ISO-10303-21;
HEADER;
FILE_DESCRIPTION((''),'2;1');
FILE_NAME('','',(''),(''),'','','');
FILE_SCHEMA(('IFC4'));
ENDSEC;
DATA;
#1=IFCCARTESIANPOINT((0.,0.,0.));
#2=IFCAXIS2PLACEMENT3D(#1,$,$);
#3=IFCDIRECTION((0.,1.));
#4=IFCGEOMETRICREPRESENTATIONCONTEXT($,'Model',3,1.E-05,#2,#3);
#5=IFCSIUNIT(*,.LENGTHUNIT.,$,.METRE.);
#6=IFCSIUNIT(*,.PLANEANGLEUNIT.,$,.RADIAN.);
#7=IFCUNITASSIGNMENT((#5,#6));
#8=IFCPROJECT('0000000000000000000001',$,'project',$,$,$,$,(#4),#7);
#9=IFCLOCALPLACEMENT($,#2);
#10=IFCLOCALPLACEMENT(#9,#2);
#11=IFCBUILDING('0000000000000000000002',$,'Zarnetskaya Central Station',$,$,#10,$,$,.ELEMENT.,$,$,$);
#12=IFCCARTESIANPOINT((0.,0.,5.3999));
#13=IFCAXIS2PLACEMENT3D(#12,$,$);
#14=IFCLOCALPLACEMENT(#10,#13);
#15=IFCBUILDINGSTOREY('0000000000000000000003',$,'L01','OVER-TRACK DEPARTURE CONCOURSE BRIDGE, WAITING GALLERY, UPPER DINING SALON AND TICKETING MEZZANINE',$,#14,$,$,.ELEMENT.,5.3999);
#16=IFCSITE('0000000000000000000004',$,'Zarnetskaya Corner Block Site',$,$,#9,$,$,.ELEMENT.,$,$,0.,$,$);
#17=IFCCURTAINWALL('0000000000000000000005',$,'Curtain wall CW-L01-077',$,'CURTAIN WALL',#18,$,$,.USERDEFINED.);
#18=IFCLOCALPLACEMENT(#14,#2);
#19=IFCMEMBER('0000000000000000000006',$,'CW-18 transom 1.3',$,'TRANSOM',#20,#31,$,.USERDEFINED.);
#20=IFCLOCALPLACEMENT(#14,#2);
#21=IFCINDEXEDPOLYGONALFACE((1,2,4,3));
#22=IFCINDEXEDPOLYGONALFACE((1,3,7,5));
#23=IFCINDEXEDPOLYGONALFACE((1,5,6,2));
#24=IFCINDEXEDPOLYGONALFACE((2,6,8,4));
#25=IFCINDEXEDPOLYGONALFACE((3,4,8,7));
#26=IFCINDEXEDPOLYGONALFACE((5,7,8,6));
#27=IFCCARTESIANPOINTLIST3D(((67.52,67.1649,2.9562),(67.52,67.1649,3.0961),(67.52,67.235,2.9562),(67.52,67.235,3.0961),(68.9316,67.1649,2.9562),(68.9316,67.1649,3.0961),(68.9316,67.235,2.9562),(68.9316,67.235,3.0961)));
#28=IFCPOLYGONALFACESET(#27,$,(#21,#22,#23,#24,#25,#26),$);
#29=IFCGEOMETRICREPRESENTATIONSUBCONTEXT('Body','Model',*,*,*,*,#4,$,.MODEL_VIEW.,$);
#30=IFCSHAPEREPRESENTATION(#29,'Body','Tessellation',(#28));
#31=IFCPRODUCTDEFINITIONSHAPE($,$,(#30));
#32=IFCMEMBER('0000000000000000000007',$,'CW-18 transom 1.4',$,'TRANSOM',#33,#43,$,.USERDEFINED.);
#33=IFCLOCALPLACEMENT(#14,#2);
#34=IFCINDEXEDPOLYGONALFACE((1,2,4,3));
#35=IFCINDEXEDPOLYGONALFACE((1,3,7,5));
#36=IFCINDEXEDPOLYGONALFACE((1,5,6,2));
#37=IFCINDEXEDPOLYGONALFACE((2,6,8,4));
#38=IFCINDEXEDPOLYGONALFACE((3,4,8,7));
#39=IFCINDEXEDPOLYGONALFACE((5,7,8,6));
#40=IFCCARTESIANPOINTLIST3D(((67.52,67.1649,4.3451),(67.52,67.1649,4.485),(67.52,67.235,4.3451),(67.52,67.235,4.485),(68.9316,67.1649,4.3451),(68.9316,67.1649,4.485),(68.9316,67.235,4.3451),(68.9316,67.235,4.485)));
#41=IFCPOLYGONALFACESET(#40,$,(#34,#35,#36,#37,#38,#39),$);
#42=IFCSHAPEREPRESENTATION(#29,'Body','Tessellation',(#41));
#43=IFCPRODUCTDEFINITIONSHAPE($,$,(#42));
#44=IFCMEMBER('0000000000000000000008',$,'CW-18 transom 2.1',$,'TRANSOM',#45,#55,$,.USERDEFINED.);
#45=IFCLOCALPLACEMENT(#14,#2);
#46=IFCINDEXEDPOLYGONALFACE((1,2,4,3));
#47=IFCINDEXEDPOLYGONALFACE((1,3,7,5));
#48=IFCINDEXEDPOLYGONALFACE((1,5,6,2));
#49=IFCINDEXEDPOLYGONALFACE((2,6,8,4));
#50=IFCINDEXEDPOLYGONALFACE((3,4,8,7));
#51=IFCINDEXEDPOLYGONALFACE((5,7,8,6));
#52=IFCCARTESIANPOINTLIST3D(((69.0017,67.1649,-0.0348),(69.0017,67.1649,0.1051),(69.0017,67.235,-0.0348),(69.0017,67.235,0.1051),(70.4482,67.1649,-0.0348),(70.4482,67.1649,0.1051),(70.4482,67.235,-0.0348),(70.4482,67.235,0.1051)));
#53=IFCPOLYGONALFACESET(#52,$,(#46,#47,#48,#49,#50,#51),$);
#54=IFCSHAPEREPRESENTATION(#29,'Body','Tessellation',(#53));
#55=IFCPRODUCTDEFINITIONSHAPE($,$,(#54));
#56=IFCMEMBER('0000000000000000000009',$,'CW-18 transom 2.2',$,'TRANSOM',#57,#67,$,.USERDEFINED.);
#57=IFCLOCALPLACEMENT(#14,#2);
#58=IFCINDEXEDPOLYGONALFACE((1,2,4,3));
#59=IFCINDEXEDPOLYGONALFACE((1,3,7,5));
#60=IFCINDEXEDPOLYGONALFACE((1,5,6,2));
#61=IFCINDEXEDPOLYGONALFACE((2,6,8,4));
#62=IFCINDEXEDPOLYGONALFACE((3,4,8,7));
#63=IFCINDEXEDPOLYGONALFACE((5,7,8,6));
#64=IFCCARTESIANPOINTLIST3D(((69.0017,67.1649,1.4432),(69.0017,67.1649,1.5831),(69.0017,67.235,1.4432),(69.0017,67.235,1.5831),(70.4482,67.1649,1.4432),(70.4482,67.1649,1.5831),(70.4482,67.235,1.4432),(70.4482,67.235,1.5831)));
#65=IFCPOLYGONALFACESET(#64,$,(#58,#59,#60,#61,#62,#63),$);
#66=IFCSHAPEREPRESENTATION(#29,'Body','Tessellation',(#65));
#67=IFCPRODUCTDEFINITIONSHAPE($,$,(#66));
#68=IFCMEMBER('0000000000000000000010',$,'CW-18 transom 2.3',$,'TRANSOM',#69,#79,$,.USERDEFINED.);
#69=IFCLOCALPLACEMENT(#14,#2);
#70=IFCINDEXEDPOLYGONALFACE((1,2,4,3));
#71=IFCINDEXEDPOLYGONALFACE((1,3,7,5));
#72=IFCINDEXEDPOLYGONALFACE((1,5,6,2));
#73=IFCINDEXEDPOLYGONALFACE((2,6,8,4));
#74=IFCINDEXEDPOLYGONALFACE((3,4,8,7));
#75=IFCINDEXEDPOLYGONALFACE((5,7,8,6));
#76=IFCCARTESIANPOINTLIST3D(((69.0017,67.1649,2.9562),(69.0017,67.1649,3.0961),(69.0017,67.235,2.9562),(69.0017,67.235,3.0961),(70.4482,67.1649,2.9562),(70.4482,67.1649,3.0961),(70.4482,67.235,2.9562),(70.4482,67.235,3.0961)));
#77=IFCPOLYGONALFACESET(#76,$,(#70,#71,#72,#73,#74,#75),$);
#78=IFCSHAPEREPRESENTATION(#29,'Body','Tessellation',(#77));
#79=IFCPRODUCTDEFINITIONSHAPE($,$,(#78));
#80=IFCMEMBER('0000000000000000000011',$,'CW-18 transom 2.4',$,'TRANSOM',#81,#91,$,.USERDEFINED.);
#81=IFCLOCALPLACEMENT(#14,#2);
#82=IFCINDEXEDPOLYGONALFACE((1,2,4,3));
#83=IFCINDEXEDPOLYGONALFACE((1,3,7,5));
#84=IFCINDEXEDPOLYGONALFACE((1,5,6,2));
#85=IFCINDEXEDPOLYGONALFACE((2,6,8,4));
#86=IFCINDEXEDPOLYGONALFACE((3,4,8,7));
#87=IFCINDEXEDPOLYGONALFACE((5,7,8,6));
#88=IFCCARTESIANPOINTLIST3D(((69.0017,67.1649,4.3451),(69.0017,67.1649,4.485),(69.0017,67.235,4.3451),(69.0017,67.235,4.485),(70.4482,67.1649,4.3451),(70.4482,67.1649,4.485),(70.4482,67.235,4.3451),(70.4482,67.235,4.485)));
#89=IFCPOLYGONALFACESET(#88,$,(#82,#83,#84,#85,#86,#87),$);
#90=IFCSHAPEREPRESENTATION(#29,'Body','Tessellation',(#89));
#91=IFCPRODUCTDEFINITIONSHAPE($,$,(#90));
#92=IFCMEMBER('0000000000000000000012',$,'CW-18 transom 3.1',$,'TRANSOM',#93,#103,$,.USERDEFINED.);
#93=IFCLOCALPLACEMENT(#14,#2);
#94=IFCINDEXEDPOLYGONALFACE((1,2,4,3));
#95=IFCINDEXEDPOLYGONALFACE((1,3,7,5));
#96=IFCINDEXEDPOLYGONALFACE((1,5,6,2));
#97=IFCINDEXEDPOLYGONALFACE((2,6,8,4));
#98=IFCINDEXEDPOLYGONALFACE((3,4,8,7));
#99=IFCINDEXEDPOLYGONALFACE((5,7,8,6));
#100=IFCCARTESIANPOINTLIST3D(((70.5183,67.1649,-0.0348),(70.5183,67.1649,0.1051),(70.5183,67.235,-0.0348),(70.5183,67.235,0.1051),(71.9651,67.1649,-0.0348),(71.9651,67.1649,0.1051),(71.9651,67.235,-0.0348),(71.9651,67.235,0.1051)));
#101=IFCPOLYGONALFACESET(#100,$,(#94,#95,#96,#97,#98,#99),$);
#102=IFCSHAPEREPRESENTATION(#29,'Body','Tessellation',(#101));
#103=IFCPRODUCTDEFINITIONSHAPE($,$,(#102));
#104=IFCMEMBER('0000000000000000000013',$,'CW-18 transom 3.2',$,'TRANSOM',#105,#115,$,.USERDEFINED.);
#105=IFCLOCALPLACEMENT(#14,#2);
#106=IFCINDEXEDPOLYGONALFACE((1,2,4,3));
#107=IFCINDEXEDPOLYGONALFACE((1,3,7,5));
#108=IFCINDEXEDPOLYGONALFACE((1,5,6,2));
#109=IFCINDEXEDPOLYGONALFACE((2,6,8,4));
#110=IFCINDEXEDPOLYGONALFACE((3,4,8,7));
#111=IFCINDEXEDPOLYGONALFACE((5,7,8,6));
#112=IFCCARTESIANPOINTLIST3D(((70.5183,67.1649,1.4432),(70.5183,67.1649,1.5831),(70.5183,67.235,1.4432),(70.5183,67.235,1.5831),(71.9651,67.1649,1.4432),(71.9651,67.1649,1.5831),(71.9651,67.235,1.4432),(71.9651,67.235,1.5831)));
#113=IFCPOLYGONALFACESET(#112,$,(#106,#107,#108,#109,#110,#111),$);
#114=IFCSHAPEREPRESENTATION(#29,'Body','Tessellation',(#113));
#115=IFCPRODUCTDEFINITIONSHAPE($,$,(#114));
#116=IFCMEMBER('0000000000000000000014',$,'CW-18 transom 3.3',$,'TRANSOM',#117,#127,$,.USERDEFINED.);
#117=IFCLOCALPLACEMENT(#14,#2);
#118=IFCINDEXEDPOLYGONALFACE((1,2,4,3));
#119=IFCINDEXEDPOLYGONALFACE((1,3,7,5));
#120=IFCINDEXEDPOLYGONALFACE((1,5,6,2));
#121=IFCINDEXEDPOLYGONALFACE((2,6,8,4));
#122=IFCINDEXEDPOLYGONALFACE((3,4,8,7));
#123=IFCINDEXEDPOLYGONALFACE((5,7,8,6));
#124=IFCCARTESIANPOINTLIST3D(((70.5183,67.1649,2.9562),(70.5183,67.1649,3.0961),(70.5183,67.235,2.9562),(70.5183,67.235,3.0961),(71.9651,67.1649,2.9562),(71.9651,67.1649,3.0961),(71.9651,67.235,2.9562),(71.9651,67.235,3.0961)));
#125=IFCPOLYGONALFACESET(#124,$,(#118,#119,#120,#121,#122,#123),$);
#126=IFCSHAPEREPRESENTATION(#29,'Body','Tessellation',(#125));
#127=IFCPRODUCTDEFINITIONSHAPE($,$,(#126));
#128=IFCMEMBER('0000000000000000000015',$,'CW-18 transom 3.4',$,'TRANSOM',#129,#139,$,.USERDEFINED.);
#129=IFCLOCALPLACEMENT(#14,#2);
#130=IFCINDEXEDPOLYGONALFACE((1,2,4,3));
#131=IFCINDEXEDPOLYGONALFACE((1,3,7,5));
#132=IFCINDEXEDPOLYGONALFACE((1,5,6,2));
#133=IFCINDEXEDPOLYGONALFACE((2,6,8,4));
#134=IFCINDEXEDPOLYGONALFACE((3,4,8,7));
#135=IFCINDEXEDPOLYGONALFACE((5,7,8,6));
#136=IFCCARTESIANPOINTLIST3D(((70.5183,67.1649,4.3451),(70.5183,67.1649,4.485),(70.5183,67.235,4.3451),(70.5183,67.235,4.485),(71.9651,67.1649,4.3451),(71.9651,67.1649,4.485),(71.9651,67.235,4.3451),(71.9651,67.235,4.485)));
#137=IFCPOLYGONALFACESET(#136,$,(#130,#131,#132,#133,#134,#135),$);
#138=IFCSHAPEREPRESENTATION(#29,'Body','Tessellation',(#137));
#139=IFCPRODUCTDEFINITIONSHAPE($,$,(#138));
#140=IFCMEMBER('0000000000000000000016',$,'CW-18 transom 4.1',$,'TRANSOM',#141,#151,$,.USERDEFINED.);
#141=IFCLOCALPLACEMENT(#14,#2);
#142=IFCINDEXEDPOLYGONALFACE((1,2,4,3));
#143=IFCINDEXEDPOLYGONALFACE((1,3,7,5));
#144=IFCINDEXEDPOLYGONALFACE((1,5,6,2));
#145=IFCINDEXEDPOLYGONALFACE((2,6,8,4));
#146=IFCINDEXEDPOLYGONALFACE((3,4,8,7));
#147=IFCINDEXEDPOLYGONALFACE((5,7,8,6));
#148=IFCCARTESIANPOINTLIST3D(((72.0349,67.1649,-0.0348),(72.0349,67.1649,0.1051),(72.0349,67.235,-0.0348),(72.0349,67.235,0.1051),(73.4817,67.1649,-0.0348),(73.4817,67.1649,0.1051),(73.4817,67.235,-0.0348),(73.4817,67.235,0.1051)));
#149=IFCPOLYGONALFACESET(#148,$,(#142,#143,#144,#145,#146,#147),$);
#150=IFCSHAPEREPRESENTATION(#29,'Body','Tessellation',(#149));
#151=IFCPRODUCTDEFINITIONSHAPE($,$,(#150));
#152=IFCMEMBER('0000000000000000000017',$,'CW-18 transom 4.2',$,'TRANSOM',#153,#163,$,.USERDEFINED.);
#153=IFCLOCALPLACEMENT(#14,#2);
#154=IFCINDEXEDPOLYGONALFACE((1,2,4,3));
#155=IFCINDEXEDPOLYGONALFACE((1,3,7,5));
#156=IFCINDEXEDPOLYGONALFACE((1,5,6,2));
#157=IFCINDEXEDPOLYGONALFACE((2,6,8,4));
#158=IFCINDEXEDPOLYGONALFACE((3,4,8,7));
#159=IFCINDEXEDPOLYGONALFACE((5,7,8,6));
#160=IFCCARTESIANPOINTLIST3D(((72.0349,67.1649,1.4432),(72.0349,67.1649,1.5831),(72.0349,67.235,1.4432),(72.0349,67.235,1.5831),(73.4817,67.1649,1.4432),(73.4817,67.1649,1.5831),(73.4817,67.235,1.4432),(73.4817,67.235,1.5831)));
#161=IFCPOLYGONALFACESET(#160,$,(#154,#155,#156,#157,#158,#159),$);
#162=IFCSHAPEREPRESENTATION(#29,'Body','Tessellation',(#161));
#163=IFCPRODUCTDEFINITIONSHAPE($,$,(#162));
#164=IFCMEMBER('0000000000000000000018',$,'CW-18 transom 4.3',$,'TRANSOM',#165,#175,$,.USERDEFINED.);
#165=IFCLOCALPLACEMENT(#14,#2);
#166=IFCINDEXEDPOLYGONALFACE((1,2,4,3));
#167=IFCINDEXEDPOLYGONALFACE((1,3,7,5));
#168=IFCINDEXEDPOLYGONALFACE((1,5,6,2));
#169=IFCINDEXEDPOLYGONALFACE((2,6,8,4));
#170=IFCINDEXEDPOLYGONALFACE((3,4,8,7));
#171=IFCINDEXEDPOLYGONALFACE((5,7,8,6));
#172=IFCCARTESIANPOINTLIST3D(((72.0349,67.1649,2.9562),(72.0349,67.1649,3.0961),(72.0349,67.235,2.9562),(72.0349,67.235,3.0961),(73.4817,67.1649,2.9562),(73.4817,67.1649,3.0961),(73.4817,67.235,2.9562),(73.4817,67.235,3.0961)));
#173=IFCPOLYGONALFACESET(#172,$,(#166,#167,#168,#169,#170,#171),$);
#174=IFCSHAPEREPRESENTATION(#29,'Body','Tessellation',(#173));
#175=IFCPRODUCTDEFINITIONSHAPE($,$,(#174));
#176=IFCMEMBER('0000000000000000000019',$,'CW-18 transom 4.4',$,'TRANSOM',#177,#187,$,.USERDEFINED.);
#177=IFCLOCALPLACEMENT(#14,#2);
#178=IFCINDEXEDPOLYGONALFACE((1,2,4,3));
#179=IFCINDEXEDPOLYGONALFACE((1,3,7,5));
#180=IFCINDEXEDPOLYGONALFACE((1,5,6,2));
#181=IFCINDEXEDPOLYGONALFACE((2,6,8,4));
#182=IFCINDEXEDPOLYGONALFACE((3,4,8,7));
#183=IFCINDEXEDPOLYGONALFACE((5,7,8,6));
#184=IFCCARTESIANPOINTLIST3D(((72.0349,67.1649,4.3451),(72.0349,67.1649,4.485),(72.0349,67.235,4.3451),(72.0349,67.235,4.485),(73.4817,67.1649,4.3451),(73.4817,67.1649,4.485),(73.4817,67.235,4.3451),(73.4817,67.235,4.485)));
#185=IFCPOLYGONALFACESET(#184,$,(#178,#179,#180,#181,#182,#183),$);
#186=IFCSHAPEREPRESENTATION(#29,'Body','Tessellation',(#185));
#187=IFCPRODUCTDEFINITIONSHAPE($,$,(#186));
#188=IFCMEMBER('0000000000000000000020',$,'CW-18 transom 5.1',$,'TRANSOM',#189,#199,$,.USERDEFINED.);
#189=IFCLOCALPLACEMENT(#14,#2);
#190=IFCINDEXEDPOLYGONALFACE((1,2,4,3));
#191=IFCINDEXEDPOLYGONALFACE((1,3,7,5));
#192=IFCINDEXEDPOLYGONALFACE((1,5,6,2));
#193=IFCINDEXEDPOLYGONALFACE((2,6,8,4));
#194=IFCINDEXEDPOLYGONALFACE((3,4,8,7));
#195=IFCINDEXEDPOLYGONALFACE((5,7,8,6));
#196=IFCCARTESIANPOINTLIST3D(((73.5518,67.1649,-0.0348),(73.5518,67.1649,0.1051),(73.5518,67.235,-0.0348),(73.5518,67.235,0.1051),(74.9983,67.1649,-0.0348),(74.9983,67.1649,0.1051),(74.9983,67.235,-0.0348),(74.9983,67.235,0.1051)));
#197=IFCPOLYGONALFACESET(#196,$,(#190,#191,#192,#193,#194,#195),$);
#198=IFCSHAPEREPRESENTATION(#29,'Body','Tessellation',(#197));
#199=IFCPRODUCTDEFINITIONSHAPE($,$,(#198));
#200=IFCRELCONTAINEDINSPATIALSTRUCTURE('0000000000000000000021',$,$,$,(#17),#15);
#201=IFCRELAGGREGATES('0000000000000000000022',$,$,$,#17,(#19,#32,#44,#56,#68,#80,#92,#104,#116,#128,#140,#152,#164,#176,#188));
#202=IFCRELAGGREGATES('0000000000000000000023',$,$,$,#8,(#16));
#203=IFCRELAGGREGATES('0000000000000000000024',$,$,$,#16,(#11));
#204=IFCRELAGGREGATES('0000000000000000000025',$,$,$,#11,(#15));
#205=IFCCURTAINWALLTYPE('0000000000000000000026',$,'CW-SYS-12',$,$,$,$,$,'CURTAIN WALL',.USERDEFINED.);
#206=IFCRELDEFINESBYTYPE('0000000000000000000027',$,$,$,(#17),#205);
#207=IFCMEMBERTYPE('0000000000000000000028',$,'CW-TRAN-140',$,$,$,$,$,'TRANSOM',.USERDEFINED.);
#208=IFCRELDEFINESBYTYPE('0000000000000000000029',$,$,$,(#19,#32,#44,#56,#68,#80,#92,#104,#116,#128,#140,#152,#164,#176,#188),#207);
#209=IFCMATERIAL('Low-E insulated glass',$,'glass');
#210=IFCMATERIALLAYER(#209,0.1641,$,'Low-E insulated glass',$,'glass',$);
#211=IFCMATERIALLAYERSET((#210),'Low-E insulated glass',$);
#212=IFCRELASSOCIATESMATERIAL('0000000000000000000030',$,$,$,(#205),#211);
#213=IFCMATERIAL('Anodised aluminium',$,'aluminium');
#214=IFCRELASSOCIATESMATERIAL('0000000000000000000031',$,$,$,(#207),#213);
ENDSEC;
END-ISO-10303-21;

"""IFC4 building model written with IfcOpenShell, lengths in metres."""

from ifc_helpers import new_model, si_unit, direction, frame, origin, origin_2d, place, context, subcontext, project, spatial, rectangle, extrude, material, layer, layer_set, material_profile, profile_set, type_object, element, aggregate, save


model = new_model("IFC4")

# Units and contexts
model_context = context("Model", 3, precision=1e-05, world=origin(), true_north=direction((0.0, 1.0)))
body_context = subcontext(model_context, "Body", "Model", "MODEL_VIEW")
ifc_project = project(units=[si_unit("LENGTHUNIT", "METRE"), si_unit("PLANEANGLEUNIT", "RADIAN")], contexts=[model_context])

# Site, building, storey
site_placement = place(None, origin())
site = spatial("IfcSite", under=ifc_project, at=site_placement, Name="Zarnetskaya Corner Block Site", CompositionType="ELEMENT", RefElevation=0.0)
building_placement = place(site_placement, origin())
building = spatial("IfcBuilding", under=site, at=building_placement, Name="Zarnetskaya Central Station", CompositionType="ELEMENT")
storey_placement = place(building_placement, frame((0.0, 0.0, 5.3999)))
storey = spatial("IfcBuildingStorey", under=building, at=storey_placement, Name="L01", Description="OVER-TRACK DEPARTURE CONCOURSE BRIDGE, WAITING GALLERY, UPPER DINING SALON AND TICKETING MEZZANINE", CompositionType="ELEMENT", Elevation=5.3999)

# Curtain wall, members
ifc_material_1 = material(Name="Low-E insulated glass", Category="glass")
ifc_layer_1 = layer(ifc_material_1, 0.1641, Name="Low-E insulated glass", Category="glass")
ifc_layer_set_1 = layer_set([ifc_layer_1], Name="Low-E insulated glass")
curtain_wall_type = type_object("IfcCurtainWallType", Name="CW-SYS-12", ElementType="CURTAIN WALL", PredefinedType="USERDEFINED", material=ifc_layer_set_1)
curtain_wall_placement = place(storey_placement, origin())
curtain_wall = element("IfcCurtainWall", 1, at=curtain_wall_placement, inside=storey, type_object=curtain_wall_type, Name="Curtain wall CW-L01-077", ObjectType="CURTAIN WALL", PredefinedType="USERDEFINED")
ifc_material_2 = material(Name="Anodised aluminium", Category="aluminium")
ifc_material_profile_1 = material_profile(ifc_material_2, rectangle(XDim=0.0701, YDim=0.1399, at=origin_2d()), Name="ALU TRAN 70x140")
ifc_profile_set_1 = profile_set([ifc_material_profile_1], Name="Anodised aluminium")
member_type_1 = type_object("IfcMemberType", Name="CW-TRAN-140", ElementType="TRANSOM", PredefinedType="USERDEFINED", material=ifc_profile_set_1)
member_1_placement = place(storey_placement, frame((67.52, 67.2, 3.0261), z_axis=(1.0, 0.0, 0.0), x_axis=(0.0, 1.0, 0.0)))
member_1 = element("IfcMember", 2, at=member_1_placement, type_object=member_type_1, Name="CW-18 transom 1.3", ObjectType="TRANSOM", PredefinedType="USERDEFINED", context=body_context, shape_type="SweptSolid", body=[
    extrude(rectangle(XDim=0.0701, YDim=0.1399, at=origin_2d()), origin(), (0.0, 0.0, 1.0), 1.4116),
])
member_2_placement = place(storey_placement, frame((67.52, 67.2, 4.415), z_axis=(1.0, 0.0, 0.0), x_axis=(0.0, 1.0, 0.0)))
member_2 = element("IfcMember", 3, at=member_2_placement, type_object=member_type_1, Name="CW-18 transom 1.4", ObjectType="TRANSOM", PredefinedType="USERDEFINED", context=body_context, shape_type="SweptSolid", body=[
    extrude(rectangle(XDim=0.0701, YDim=0.1399, at=origin_2d()), origin(), (0.0, 0.0, 1.0), 1.4116),
])
member_3_placement = place(storey_placement, frame((69.0017, 67.2, 0.0352), z_axis=(1.0, 0.0, 0.0), x_axis=(0.0, 1.0, 0.0)))
member_3 = element("IfcMember", 4, at=member_3_placement, type_object=member_type_1, Name="CW-18 transom 2.1", ObjectType="TRANSOM", PredefinedType="USERDEFINED", context=body_context, shape_type="SweptSolid", body=[
    extrude(rectangle(XDim=0.0701, YDim=0.1399, at=origin_2d()), origin(), (0.0, 0.0, 1.0), 1.4465),
])
member_4_placement = place(storey_placement, frame((69.0017, 67.2, 1.5132), z_axis=(1.0, 0.0, 0.0), x_axis=(0.0, 1.0, 0.0)))
member_4 = element("IfcMember", 5, at=member_4_placement, type_object=member_type_1, Name="CW-18 transom 2.2", ObjectType="TRANSOM", PredefinedType="USERDEFINED", context=body_context, shape_type="SweptSolid", body=[
    extrude(rectangle(XDim=0.0701, YDim=0.1399, at=origin_2d()), origin(), (0.0, 0.0, 1.0), 1.4465),
])
member_5_placement = place(storey_placement, frame((69.0017, 67.2, 3.0261), z_axis=(1.0, 0.0, 0.0), x_axis=(0.0, 1.0, 0.0)))
member_5 = element("IfcMember", 6, at=member_5_placement, type_object=member_type_1, Name="CW-18 transom 2.3", ObjectType="TRANSOM", PredefinedType="USERDEFINED", context=body_context, shape_type="SweptSolid", body=[
    extrude(rectangle(XDim=0.0701, YDim=0.1399, at=origin_2d()), origin(), (0.0, 0.0, 1.0), 1.4465),
])
member_6_placement = place(storey_placement, frame((69.0017, 67.2, 4.415), z_axis=(1.0, 0.0, 0.0), x_axis=(0.0, 1.0, 0.0)))
member_6 = element("IfcMember", 7, at=member_6_placement, type_object=member_type_1, Name="CW-18 transom 2.4", ObjectType="TRANSOM", PredefinedType="USERDEFINED", context=body_context, shape_type="SweptSolid", body=[
    extrude(rectangle(XDim=0.0701, YDim=0.1399, at=origin_2d()), origin(), (0.0, 0.0, 1.0), 1.4465),
])
member_7_placement = place(storey_placement, frame((70.5183, 67.2, 0.0352), z_axis=(1.0, 0.0, 0.0), x_axis=(0.0, 1.0, 0.0)))
member_7 = element("IfcMember", 8, at=member_7_placement, type_object=member_type_1, Name="CW-18 transom 3.1", ObjectType="TRANSOM", PredefinedType="USERDEFINED", context=body_context, shape_type="SweptSolid", body=[
    extrude(rectangle(XDim=0.0701, YDim=0.1399, at=origin_2d()), origin(), (0.0, 0.0, 1.0), 1.4468),
])
member_8_placement = place(storey_placement, frame((70.5183, 67.2, 1.5132), z_axis=(1.0, 0.0, 0.0), x_axis=(0.0, 1.0, 0.0)))
member_8 = element("IfcMember", 9, at=member_8_placement, type_object=member_type_1, Name="CW-18 transom 3.2", ObjectType="TRANSOM", PredefinedType="USERDEFINED", context=body_context, shape_type="SweptSolid", body=[
    extrude(rectangle(XDim=0.0701, YDim=0.1399, at=origin_2d()), origin(), (0.0, 0.0, 1.0), 1.4468),
])
member_9_placement = place(storey_placement, frame((70.5183, 67.2, 3.0261), z_axis=(1.0, 0.0, 0.0), x_axis=(0.0, 1.0, 0.0)))
member_9 = element("IfcMember", 10, at=member_9_placement, type_object=member_type_1, Name="CW-18 transom 3.3", ObjectType="TRANSOM", PredefinedType="USERDEFINED", context=body_context, shape_type="SweptSolid", body=[
    extrude(rectangle(XDim=0.0701, YDim=0.1399, at=origin_2d()), origin(), (0.0, 0.0, 1.0), 1.4468),
])
member_10_placement = place(storey_placement, frame((70.5183, 67.2, 4.415), z_axis=(1.0, 0.0, 0.0), x_axis=(0.0, 1.0, 0.0)))
member_10 = element("IfcMember", 11, at=member_10_placement, type_object=member_type_1, Name="CW-18 transom 3.4", ObjectType="TRANSOM", PredefinedType="USERDEFINED", context=body_context, shape_type="SweptSolid", body=[
    extrude(rectangle(XDim=0.0701, YDim=0.1399, at=origin_2d()), origin(), (0.0, 0.0, 1.0), 1.4468),
])
member_11_placement = place(storey_placement, frame((72.0349, 67.2, 0.0352), z_axis=(1.0, 0.0, 0.0), x_axis=(0.0, 1.0, 0.0)))
member_11 = element("IfcMember", 12, at=member_11_placement, type_object=member_type_1, Name="CW-18 transom 4.1", ObjectType="TRANSOM", PredefinedType="USERDEFINED", context=body_context, shape_type="SweptSolid", body=[
    extrude(rectangle(XDim=0.0701, YDim=0.1399, at=origin_2d()), origin(), (0.0, 0.0, 1.0), 1.4468),
])
member_12_placement = place(storey_placement, frame((72.0349, 67.2, 1.5132), z_axis=(1.0, 0.0, 0.0), x_axis=(0.0, 1.0, 0.0)))
member_12 = element("IfcMember", 13, at=member_12_placement, type_object=member_type_1, Name="CW-18 transom 4.2", ObjectType="TRANSOM", PredefinedType="USERDEFINED", context=body_context, shape_type="SweptSolid", body=[
    extrude(rectangle(XDim=0.0701, YDim=0.1399, at=origin_2d()), origin(), (0.0, 0.0, 1.0), 1.4468),
])
member_13_placement = place(storey_placement, frame((72.0349, 67.2, 3.0261), z_axis=(1.0, 0.0, 0.0), x_axis=(0.0, 1.0, 0.0)))
member_13 = element("IfcMember", 14, at=member_13_placement, type_object=member_type_1, Name="CW-18 transom 4.3", ObjectType="TRANSOM", PredefinedType="USERDEFINED", context=body_context, shape_type="SweptSolid", body=[
    extrude(rectangle(XDim=0.0701, YDim=0.1399, at=origin_2d()), origin(), (0.0, 0.0, 1.0), 1.4468),
])
member_14_placement = place(storey_placement, frame((72.0349, 67.2, 4.415), z_axis=(1.0, 0.0, 0.0), x_axis=(0.0, 1.0, 0.0)))
member_14 = element("IfcMember", 15, at=member_14_placement, type_object=member_type_1, Name="CW-18 transom 4.4", ObjectType="TRANSOM", PredefinedType="USERDEFINED", context=body_context, shape_type="SweptSolid", body=[
    extrude(rectangle(XDim=0.0701, YDim=0.1399, at=origin_2d()), origin(), (0.0, 0.0, 1.0), 1.4468),
])
member_15_placement = place(storey_placement, frame((73.5518, 67.2, 0.0352), z_axis=(1.0, 0.0, 0.0), x_axis=(0.0, 1.0, 0.0)))
member_15 = element("IfcMember", 16, at=member_15_placement, type_object=member_type_1, Name="CW-18 transom 5.1", ObjectType="TRANSOM", PredefinedType="USERDEFINED", context=body_context, shape_type="SweptSolid", body=[
    extrude(rectangle(XDim=0.0701, YDim=0.1399, at=origin_2d()), origin(), (0.0, 0.0, 1.0), 1.4465),
])
aggregate(curtain_wall, [member_1, member_2, member_3, member_4, member_5, member_6, member_7, member_8, member_9, member_10, member_11, member_12, member_13, member_14, member_15])

save(model, "model.ifc")
